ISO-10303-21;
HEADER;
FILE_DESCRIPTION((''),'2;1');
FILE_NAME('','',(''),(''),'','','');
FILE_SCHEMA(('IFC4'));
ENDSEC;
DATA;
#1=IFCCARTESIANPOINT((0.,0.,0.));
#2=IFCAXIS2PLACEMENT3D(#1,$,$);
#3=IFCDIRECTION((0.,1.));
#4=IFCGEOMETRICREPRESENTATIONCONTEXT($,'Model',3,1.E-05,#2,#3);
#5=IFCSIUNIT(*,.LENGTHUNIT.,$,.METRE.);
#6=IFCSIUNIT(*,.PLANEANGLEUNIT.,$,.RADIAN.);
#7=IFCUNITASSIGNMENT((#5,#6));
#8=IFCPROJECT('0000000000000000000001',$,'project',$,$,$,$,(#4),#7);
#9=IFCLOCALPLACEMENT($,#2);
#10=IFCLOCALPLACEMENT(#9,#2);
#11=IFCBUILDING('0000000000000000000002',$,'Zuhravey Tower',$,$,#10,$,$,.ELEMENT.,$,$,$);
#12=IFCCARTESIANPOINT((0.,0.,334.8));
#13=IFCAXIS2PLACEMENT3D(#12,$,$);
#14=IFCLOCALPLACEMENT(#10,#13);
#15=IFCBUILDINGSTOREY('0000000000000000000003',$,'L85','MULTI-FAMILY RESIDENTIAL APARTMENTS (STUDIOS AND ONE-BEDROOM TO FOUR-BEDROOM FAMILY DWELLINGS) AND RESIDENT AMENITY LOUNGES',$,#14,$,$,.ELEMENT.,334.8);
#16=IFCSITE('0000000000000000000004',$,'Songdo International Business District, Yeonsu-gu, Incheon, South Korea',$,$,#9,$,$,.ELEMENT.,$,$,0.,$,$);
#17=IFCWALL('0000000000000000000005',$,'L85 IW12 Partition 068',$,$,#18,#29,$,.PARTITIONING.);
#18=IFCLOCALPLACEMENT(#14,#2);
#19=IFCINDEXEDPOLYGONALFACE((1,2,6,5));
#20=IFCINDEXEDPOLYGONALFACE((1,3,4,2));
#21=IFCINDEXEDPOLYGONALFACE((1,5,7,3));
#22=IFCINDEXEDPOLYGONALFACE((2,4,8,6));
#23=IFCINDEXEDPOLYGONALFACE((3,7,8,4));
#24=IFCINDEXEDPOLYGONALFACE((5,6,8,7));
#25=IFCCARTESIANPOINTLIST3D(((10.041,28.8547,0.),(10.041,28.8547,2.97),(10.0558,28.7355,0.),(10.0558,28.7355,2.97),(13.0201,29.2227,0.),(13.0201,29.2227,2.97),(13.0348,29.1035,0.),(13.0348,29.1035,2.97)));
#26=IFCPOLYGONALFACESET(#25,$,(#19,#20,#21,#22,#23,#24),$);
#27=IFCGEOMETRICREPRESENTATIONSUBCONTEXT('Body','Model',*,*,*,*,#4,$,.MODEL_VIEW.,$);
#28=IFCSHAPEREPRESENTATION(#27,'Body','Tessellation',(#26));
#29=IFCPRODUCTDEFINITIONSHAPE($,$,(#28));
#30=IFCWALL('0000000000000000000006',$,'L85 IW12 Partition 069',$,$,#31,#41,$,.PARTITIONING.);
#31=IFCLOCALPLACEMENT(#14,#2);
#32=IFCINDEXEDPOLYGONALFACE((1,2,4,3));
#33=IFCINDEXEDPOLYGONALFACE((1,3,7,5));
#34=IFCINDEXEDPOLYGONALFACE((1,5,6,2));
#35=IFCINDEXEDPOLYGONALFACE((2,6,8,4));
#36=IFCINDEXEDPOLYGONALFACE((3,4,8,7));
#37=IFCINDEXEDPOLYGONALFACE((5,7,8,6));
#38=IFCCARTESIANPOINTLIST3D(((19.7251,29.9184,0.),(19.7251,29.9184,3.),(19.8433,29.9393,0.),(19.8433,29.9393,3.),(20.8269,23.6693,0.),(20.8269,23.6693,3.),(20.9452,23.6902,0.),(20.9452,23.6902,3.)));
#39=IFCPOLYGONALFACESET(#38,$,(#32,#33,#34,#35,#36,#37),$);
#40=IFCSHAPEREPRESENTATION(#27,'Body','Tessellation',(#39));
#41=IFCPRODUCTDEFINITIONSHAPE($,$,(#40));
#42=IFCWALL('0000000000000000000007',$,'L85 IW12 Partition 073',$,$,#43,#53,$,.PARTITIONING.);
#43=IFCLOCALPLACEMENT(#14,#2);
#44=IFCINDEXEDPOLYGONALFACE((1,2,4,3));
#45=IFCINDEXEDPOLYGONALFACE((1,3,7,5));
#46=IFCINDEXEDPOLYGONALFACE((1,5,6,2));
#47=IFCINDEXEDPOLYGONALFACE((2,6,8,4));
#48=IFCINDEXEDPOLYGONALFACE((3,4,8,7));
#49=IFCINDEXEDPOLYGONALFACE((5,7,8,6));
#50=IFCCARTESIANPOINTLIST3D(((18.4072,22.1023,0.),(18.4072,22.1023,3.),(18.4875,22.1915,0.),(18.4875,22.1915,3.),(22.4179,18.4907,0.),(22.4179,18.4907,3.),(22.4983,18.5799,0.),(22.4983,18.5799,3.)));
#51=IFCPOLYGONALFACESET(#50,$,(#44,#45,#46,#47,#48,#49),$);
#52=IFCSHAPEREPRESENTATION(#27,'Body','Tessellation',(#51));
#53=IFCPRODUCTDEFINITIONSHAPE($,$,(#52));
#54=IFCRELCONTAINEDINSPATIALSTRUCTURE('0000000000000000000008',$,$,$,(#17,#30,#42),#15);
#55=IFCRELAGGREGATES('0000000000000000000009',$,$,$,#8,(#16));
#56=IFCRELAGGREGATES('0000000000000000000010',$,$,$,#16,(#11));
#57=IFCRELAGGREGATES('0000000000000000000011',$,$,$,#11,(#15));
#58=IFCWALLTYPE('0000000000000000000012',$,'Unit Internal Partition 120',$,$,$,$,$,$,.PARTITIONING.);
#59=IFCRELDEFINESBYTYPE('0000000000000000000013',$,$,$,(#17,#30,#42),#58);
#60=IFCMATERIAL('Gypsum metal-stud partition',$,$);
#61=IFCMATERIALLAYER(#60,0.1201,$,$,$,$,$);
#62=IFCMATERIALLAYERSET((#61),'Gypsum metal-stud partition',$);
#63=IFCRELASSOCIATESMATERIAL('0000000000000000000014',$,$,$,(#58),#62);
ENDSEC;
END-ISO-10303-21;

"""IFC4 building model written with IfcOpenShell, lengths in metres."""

from ifc_helpers import new_model, si_unit, direction, frame, frame_2d, origin, place, context, subcontext, project, spatial, rectangle, extrude, material, layer, layer_set, type_object, element, save


model = new_model("IFC4")

# Units and contexts
model_context = context("Model", 3, precision=1e-05, world=origin(), true_north=direction((0.0, 1.0)))
body_context = subcontext(model_context, "Body", "Model", "MODEL_VIEW")
ifc_project = project(units=[si_unit("LENGTHUNIT", "METRE"), si_unit("PLANEANGLEUNIT", "RADIAN")], contexts=[model_context])

# Site, building, storey
site_placement = place(None, origin())
site = spatial("IfcSite", under=ifc_project, at=site_placement, Name="Songdo International Business District, Yeonsu-gu, Incheon, South Korea", CompositionType="ELEMENT", RefElevation=0.0)
building_placement = place(site_placement, origin())
building = spatial("IfcBuilding", under=site, at=building_placement, Name="Zuhravey Tower", CompositionType="ELEMENT")
storey_placement = place(building_placement, frame((0.0, 0.0, 334.8)))
storey = spatial("IfcBuildingStorey", under=building, at=storey_placement, Name="L85", Description="MULTI-FAMILY RESIDENTIAL APARTMENTS (STUDIOS AND ONE-BEDROOM TO FOUR-BEDROOM FAMILY DWELLINGS) AND RESIDENT AMENITY LOUNGES", CompositionType="ELEMENT", Elevation=334.8)

# Shared definitions
ifc_material_1 = material(Name="Gypsum metal-stud partition")
ifc_layer_1 = layer(ifc_material_1, 0.1201)
ifc_layer_set_1 = layer_set([ifc_layer_1], Name="Gypsum metal-stud partition")
wall_type_1 = type_object("IfcWallType", Name="Unit Internal Partition 120", PredefinedType="PARTITIONING", material=ifc_layer_set_1)

# Walls
wall_1_placement = place(storey_placement, frame((13.0276, 29.1631, 0.0), z_axis=(0.0, 0.0, 1.0), x_axis=(-0.992459, -0.122573, 0.0)))
element("IfcWall", 1, at=wall_1_placement, inside=storey, type_object=wall_type_1, Name="L85 IW12 Partition 068", PredefinedType="PARTITIONING", context=body_context, shape_type="SweptSolid", body=[
    extrude(rectangle(XDim=3.0017, YDim=0.1201, at=frame_2d((1.501, 0.0))), origin(), (0.0, 0.0, 1.0), 2.97),
])
wall_2_placement = place(storey_placement, frame((19.7842, 29.929, 0.0), z_axis=(0.0, 0.0, 1.0), x_axis=(0.173638, -0.984809, 0.0)))
element("IfcWall", 2, at=wall_2_placement, inside=storey, type_object=wall_type_1, Name="L85 IW12 Partition 069", PredefinedType="PARTITIONING", context=body_context, shape_type="SweptSolid", body=[
    extrude(rectangle(XDim=6.3455, YDim=0.1201, at=frame_2d((3.1729, 0.0))), origin(), (0.0, 0.0, 1.0), 3.0),
])
wall_3_placement = place(storey_placement, frame((18.4473, 22.147, 0.0), z_axis=(0.0, 0.0, 1.0), x_axis=(0.743119, -0.66916, 0.0)))
element("IfcWall", 3, at=wall_3_placement, inside=storey, type_object=wall_type_1, Name="L85 IW12 Partition 073", PredefinedType="PARTITIONING", context=body_context, shape_type="SweptSolid", body=[
    extrude(rectangle(XDim=5.3972, YDim=0.1201, at=frame_2d((2.6987, 0.0))), origin(), (0.0, 0.0, 1.0), 3.0),
])

save(model, "model.ifc")
